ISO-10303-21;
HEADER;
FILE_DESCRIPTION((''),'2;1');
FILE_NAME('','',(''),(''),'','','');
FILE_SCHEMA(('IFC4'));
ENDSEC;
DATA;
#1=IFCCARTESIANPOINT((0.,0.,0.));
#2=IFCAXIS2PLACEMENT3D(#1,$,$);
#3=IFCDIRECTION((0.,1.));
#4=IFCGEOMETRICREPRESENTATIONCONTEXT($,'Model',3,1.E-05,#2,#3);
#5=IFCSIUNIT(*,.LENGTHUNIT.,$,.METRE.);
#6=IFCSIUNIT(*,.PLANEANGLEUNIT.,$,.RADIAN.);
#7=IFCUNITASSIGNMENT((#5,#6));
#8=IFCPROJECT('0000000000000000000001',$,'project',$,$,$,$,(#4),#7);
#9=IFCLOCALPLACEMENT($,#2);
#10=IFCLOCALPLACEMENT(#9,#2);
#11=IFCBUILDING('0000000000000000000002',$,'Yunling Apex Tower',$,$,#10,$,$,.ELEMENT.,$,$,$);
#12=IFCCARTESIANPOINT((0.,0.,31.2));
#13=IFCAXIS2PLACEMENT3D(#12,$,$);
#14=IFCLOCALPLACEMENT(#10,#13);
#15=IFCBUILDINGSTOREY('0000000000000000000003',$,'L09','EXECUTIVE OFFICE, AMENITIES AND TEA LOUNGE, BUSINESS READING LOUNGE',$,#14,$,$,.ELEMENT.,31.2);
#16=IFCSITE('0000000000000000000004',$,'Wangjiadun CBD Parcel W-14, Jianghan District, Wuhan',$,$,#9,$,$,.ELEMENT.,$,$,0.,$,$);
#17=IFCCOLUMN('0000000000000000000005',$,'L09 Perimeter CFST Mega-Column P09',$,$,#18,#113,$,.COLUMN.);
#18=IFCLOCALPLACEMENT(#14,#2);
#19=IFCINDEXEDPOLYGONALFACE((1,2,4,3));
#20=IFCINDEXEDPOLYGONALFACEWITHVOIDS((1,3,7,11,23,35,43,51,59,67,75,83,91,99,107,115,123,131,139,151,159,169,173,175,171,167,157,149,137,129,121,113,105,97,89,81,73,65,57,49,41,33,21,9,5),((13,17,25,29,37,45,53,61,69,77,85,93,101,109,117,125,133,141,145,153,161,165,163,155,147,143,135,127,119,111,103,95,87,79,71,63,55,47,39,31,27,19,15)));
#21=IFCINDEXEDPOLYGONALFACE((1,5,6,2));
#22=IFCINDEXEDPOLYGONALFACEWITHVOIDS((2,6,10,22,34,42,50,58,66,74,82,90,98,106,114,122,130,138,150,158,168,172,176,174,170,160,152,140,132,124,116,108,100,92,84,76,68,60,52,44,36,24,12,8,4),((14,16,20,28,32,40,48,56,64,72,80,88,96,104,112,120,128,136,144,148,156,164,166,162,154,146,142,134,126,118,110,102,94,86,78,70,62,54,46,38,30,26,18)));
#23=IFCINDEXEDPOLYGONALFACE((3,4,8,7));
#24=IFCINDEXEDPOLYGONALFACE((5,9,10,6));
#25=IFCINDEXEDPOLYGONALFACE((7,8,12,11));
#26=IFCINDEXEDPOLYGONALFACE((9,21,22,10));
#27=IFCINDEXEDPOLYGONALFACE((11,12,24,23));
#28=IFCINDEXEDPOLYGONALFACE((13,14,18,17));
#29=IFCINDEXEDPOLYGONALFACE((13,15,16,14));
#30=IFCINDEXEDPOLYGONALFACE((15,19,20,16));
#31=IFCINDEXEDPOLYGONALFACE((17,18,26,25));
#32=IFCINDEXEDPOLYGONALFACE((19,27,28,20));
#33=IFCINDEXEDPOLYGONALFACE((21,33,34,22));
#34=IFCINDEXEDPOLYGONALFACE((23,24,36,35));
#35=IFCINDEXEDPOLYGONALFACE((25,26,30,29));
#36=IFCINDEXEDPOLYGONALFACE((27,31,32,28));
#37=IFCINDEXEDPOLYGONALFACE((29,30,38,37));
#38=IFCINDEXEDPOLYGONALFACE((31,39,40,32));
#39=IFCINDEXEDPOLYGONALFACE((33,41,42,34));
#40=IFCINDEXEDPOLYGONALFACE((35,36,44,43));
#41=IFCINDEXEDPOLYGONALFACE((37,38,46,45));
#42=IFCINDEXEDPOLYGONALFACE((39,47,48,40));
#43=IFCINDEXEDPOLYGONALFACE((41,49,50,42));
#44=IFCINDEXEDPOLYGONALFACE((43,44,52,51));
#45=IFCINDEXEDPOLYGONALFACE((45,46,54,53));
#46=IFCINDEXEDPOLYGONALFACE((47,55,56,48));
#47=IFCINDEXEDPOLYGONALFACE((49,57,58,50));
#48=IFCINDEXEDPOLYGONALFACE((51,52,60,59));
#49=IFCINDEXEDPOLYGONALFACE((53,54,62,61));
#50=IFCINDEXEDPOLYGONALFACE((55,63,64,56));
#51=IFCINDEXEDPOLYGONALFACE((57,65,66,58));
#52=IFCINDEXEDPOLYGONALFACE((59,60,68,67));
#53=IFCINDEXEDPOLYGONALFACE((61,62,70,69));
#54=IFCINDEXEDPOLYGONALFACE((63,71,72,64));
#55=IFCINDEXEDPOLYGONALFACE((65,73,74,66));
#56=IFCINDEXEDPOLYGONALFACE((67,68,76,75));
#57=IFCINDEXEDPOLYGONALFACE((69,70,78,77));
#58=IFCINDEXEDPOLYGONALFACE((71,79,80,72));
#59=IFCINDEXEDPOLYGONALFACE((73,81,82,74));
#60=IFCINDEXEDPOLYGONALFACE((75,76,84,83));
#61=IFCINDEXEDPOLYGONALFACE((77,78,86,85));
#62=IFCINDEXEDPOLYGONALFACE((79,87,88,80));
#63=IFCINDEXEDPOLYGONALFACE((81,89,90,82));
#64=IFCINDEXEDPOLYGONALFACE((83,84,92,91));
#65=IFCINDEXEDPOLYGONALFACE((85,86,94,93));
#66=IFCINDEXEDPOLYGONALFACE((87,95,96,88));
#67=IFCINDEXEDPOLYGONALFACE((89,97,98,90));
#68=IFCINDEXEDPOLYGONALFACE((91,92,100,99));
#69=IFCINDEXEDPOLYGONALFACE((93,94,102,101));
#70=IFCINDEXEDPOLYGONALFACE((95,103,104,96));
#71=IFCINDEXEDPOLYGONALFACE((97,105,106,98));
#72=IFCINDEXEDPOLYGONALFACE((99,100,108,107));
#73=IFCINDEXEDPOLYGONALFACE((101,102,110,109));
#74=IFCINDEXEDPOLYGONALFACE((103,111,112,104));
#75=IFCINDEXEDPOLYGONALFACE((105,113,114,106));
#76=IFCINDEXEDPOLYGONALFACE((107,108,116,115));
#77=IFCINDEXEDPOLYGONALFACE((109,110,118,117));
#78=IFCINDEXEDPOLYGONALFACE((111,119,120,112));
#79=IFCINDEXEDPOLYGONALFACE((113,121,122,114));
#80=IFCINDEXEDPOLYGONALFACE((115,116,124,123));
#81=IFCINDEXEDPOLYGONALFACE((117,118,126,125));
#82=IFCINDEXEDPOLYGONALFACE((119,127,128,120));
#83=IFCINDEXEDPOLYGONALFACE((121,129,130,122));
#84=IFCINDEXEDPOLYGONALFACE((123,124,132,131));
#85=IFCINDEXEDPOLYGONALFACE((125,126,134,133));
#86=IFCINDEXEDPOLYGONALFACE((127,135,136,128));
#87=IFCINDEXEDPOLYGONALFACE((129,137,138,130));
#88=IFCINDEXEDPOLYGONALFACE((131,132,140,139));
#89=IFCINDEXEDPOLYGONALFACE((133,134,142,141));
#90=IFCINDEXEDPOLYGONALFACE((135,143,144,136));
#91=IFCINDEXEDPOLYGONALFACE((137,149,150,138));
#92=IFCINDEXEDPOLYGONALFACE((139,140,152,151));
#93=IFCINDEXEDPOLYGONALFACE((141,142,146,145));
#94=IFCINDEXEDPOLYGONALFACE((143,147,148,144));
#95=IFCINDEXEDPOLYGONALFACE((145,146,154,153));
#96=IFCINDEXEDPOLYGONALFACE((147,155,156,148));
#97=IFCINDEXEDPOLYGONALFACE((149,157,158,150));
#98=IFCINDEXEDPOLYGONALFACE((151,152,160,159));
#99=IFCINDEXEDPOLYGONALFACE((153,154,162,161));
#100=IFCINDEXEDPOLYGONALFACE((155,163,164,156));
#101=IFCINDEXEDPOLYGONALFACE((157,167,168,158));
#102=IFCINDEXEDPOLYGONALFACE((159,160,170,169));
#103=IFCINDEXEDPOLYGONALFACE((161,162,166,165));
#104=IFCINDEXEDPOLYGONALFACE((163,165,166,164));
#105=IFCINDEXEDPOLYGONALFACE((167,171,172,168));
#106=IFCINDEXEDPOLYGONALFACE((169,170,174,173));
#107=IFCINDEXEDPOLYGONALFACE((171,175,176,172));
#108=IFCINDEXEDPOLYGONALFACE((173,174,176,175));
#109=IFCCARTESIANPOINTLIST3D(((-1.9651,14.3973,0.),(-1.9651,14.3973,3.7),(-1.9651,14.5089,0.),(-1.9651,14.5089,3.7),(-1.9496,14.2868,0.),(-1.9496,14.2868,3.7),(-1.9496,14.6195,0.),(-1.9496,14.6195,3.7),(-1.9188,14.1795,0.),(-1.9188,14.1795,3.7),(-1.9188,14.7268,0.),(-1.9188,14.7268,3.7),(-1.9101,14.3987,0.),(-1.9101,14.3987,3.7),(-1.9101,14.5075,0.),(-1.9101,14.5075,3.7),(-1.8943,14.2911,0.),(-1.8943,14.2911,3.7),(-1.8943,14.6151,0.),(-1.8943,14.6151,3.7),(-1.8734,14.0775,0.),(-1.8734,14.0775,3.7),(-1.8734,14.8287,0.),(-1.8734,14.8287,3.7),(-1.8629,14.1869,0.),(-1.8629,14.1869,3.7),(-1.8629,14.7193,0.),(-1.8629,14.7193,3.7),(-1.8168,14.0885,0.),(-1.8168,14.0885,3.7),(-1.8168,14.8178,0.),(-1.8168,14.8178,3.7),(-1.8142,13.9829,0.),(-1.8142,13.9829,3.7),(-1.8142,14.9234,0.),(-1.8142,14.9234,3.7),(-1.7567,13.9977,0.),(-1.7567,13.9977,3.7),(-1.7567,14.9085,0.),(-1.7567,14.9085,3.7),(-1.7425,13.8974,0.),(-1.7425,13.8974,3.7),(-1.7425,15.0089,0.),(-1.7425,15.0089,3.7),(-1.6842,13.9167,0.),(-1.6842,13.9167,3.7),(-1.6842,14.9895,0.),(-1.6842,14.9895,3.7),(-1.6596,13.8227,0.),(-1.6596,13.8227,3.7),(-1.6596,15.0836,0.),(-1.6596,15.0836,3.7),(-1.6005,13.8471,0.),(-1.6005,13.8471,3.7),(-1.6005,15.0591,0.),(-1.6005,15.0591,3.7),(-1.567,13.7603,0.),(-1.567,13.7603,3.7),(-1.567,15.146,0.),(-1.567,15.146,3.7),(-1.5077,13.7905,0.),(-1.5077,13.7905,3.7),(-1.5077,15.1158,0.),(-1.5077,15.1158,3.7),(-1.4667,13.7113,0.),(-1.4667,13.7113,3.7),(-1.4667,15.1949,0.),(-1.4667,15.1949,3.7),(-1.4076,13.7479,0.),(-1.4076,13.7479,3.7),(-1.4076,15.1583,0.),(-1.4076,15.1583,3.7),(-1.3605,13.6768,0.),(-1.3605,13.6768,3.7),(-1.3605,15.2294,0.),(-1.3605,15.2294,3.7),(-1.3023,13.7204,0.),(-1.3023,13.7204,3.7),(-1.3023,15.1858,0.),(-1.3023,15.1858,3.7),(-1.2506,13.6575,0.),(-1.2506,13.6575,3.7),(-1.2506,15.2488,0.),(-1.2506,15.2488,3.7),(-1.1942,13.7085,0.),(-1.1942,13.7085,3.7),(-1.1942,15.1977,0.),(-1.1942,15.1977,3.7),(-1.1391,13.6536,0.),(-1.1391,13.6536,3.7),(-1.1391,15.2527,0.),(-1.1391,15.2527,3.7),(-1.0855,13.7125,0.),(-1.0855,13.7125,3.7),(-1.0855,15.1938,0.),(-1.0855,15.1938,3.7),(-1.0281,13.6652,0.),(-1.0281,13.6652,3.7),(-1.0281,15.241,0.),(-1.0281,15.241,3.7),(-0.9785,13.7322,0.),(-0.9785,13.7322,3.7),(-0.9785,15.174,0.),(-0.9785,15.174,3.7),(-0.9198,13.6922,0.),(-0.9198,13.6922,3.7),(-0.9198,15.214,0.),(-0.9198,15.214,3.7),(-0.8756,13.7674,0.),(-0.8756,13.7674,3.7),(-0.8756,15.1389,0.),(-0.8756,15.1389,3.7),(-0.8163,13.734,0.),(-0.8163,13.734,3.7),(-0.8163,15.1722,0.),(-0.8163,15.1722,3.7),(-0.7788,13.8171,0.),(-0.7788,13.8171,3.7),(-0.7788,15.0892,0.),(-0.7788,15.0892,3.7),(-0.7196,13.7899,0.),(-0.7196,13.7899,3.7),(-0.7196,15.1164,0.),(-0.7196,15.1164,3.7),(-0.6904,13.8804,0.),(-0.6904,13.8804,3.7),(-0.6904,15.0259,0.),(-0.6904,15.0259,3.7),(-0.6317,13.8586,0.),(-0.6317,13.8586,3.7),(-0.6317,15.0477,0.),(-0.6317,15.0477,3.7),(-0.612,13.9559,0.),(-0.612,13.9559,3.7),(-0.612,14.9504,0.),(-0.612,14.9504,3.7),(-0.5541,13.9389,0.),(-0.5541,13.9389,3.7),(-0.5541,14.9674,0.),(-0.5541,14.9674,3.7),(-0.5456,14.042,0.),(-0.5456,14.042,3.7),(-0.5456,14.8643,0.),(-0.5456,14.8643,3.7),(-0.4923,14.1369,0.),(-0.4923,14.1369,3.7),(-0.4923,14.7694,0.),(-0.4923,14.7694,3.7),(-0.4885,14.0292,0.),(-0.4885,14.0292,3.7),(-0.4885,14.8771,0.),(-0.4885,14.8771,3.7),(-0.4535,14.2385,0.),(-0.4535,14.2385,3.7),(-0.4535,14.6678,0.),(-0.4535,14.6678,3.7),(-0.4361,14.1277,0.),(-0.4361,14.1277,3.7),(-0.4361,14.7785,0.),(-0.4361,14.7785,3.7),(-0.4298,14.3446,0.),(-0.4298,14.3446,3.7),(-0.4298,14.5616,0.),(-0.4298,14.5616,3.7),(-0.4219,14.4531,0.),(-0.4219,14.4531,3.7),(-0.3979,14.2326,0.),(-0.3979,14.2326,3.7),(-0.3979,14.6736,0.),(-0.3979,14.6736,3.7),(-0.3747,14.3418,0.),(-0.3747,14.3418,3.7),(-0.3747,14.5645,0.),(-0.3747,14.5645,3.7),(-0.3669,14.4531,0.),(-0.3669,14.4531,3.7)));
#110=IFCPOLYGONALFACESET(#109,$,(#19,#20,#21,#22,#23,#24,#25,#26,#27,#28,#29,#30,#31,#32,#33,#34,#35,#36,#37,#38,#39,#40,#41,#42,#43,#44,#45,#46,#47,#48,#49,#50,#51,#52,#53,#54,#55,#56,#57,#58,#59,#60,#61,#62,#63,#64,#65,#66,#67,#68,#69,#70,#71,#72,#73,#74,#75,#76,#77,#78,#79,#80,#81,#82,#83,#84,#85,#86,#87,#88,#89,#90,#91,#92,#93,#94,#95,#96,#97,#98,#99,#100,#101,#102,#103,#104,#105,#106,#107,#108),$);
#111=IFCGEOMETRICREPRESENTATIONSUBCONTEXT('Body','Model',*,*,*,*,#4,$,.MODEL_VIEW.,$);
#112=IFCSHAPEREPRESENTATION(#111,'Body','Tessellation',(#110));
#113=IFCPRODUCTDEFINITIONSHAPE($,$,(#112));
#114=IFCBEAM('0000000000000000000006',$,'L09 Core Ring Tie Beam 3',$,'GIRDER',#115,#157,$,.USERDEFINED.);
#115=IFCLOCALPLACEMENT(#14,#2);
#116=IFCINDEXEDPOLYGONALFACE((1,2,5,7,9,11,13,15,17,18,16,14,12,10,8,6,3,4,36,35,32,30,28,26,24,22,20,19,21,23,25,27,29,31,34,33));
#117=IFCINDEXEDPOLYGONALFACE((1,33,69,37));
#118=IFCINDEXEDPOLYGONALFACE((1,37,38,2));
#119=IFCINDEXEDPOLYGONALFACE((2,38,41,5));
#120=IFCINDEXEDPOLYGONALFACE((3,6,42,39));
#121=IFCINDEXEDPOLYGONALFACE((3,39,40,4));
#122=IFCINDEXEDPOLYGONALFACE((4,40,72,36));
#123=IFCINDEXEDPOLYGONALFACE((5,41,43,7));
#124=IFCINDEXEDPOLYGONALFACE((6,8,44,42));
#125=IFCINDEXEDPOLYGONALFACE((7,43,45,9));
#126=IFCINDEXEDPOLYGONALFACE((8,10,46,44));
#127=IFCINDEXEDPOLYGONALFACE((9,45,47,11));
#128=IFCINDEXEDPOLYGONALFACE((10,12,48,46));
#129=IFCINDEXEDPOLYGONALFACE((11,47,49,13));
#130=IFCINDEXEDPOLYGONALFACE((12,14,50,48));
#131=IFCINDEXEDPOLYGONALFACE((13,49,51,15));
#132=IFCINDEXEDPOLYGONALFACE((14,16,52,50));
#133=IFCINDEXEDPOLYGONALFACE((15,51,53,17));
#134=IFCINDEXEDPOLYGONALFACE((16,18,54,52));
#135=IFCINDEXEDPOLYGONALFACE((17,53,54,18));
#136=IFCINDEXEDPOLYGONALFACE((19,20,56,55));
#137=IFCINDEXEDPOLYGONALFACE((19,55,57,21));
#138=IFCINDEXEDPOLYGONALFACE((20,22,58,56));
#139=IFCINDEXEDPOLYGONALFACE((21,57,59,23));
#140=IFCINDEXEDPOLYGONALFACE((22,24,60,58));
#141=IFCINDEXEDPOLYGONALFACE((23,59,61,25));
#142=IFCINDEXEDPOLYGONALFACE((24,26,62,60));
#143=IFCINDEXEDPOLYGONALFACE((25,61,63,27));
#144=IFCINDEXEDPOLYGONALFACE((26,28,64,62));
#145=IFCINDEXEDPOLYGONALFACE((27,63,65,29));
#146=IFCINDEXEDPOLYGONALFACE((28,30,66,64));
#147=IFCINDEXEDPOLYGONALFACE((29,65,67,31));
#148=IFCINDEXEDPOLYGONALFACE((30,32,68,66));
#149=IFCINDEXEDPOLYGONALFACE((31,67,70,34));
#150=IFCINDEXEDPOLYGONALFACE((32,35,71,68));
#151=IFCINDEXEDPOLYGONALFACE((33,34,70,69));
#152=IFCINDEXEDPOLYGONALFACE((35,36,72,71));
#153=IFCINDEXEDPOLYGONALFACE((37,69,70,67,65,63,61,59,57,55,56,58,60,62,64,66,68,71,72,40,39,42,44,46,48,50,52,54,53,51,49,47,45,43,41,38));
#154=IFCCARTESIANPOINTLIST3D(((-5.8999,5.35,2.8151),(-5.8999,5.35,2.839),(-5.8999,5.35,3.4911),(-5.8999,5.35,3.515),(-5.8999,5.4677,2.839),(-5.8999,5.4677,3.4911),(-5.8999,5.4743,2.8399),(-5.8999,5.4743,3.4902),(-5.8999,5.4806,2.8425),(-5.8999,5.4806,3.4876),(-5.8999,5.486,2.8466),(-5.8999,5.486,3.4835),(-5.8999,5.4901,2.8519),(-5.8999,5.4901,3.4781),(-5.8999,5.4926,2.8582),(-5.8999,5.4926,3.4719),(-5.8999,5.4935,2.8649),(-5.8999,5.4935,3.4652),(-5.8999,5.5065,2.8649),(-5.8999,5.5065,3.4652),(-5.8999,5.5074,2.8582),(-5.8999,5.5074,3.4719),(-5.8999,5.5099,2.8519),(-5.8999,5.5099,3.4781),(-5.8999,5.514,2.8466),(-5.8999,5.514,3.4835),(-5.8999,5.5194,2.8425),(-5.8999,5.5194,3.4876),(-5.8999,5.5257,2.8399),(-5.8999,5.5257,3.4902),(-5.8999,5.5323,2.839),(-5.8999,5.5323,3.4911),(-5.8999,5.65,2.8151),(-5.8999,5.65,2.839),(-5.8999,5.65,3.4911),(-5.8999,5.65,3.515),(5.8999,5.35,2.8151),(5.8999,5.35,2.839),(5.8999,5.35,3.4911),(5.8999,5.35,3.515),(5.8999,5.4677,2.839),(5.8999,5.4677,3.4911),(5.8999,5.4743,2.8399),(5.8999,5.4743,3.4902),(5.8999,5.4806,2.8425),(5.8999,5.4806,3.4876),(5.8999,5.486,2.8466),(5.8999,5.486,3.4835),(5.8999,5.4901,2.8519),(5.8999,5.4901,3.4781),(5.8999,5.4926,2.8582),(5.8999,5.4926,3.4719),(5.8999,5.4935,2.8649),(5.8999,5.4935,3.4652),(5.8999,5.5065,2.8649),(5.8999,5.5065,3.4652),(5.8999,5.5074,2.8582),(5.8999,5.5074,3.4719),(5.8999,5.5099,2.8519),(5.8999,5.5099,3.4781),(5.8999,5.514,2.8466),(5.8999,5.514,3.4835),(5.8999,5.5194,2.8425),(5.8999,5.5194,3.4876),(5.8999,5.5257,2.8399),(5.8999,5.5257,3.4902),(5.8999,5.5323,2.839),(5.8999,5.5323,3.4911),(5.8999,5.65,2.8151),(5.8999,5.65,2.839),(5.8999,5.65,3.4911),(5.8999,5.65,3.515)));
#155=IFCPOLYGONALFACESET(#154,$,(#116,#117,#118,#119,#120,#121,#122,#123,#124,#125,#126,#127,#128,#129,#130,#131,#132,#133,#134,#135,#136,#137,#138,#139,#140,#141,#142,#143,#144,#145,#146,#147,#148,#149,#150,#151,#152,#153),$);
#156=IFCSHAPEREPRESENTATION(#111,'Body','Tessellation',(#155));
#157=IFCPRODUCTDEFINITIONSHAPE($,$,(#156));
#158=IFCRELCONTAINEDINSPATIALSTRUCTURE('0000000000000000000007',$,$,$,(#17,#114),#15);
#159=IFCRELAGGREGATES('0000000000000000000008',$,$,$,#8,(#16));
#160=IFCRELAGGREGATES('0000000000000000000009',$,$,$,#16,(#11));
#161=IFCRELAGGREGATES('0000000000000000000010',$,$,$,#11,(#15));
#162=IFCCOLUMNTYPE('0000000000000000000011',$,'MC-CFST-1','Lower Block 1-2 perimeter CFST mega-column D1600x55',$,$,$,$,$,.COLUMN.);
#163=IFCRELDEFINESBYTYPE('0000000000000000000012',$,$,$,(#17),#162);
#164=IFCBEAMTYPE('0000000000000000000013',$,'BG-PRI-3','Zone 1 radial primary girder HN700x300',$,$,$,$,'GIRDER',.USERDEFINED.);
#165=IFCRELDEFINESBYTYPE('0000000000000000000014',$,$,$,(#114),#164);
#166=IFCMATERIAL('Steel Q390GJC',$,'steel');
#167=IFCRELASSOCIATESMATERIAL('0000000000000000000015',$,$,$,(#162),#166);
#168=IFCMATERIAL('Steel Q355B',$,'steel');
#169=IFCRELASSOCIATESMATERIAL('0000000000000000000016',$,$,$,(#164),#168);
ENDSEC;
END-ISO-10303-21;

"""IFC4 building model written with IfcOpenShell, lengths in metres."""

from ifc_helpers import new_model, si_unit, direction, frame, origin, origin_2d, place, context, subcontext, project, spatial, hollow_circle, i_section, extrude, source, transform, mapped, material, material_profile, profile_set, type_object, element, save


model = new_model("IFC4")

# Units and contexts
model_context = context("Model", 3, precision=1e-05, world=origin(), true_north=direction((0.0, 1.0)))
body_context = subcontext(model_context, "Body", "Model", "MODEL_VIEW")
ifc_project = project(units=[si_unit("LENGTHUNIT", "METRE"), si_unit("PLANEANGLEUNIT", "RADIAN")], contexts=[model_context])

# Site, building, storey
site_placement = place(None, origin())
site = spatial("IfcSite", under=ifc_project, at=site_placement, Name="Wangjiadun CBD Parcel W-14, Jianghan District, Wuhan", CompositionType="ELEMENT", RefElevation=0.0)
building_placement = place(site_placement, origin())
building = spatial("IfcBuilding", under=site, at=building_placement, Name="Yunling Apex Tower", CompositionType="ELEMENT")
storey_placement = place(building_placement, frame((0.0, 0.0, 31.2)))
storey = spatial("IfcBuildingStorey", under=building, at=storey_placement, Name="L09", Description="EXECUTIVE OFFICE, AMENITIES AND TEA LOUNGE, BUSINESS READING LOUNGE", CompositionType="ELEMENT", Elevation=31.2)

# Column
ifc_material_1 = material(Name="Steel Q390GJC", Category="steel")
ifc_material_profile_1 = material_profile(ifc_material_1, hollow_circle(Radius=0.8, WallThickness=0.0549, at=origin_2d()))
ifc_profile_set_1 = profile_set([ifc_material_profile_1], Name="Steel Q390GJC")
column_type_1 = type_object("IfcColumnType", Name="MC-CFST-1", Description="Lower Block 1-2 perimeter CFST mega-column D1600x55", PredefinedType="COLUMN", material=ifc_profile_set_1)
shared_shape_1 = source(origin(), body_context, "Body", "SweptSolid", [
    extrude(hollow_circle(Radius=0.8, WallThickness=0.0549, at=origin_2d()), origin(), (0.0, 0.0, 1.0), 3.7),
])
for number, where, z_axis, x_axis, name in (
    (1, (-1.167, 14.4531, 0.0), (0.0, 0.0, 1.0), (1.0, 0.0, 0.0), "L09 Perimeter CFST Mega-Column P09"),
):
    element("IfcColumn", number, at=place(storey_placement, frame(where, z_axis=z_axis, x_axis=x_axis)), inside=storey, type_object=column_type_1, Name=name, PredefinedType="COLUMN", context=body_context, shape_type="MappedRepresentation", body=[
        mapped(shared_shape_1, transform((0.0, 0.0, 0.0), scale=1.0)),
    ])

# Beam
ifc_material_2 = material(Name="Steel Q355B", Category="steel")
ifc_material_profile_2 = material_profile(ifc_material_2, i_section(OverallWidth=0.3, OverallDepth=0.7, WebThickness=0.0129, FlangeThickness=0.0239, FilletRadius=0.0259, at=origin_2d()))
ifc_profile_set_2 = profile_set([ifc_material_profile_2], Name="Steel Q355B")
beam_type_1 = type_object("IfcBeamType", Name="BG-PRI-3", Description="Zone 1 radial primary girder HN700x300", ElementType="GIRDER", PredefinedType="USERDEFINED", material=ifc_profile_set_2)
shared_shape_2 = source(origin(), body_context, "Body", "SweptSolid", [
    extrude(i_section(OverallWidth=0.3, OverallDepth=0.7, WebThickness=0.0129, FlangeThickness=0.0239, FilletRadius=0.0259, at=origin_2d()), origin(), (0.0, 0.0, 1.0), 11.7998),
])
beam_1_placement = place(storey_placement, frame((5.8999, 5.5, 3.165), z_axis=(-1.0, 0.0, 0.0), x_axis=(0.0, -1.0, 0.0)))
element("IfcBeam", 2, at=beam_1_placement, inside=storey, type_object=beam_type_1, Name="L09 Core Ring Tie Beam 3", ObjectType="GIRDER", PredefinedType="USERDEFINED", context=body_context, shape_type="MappedRepresentation", body=[
    mapped(shared_shape_2, transform((0.0, 0.0, 0.0), scale=1.0)),
])

save(model, "model.ifc")
